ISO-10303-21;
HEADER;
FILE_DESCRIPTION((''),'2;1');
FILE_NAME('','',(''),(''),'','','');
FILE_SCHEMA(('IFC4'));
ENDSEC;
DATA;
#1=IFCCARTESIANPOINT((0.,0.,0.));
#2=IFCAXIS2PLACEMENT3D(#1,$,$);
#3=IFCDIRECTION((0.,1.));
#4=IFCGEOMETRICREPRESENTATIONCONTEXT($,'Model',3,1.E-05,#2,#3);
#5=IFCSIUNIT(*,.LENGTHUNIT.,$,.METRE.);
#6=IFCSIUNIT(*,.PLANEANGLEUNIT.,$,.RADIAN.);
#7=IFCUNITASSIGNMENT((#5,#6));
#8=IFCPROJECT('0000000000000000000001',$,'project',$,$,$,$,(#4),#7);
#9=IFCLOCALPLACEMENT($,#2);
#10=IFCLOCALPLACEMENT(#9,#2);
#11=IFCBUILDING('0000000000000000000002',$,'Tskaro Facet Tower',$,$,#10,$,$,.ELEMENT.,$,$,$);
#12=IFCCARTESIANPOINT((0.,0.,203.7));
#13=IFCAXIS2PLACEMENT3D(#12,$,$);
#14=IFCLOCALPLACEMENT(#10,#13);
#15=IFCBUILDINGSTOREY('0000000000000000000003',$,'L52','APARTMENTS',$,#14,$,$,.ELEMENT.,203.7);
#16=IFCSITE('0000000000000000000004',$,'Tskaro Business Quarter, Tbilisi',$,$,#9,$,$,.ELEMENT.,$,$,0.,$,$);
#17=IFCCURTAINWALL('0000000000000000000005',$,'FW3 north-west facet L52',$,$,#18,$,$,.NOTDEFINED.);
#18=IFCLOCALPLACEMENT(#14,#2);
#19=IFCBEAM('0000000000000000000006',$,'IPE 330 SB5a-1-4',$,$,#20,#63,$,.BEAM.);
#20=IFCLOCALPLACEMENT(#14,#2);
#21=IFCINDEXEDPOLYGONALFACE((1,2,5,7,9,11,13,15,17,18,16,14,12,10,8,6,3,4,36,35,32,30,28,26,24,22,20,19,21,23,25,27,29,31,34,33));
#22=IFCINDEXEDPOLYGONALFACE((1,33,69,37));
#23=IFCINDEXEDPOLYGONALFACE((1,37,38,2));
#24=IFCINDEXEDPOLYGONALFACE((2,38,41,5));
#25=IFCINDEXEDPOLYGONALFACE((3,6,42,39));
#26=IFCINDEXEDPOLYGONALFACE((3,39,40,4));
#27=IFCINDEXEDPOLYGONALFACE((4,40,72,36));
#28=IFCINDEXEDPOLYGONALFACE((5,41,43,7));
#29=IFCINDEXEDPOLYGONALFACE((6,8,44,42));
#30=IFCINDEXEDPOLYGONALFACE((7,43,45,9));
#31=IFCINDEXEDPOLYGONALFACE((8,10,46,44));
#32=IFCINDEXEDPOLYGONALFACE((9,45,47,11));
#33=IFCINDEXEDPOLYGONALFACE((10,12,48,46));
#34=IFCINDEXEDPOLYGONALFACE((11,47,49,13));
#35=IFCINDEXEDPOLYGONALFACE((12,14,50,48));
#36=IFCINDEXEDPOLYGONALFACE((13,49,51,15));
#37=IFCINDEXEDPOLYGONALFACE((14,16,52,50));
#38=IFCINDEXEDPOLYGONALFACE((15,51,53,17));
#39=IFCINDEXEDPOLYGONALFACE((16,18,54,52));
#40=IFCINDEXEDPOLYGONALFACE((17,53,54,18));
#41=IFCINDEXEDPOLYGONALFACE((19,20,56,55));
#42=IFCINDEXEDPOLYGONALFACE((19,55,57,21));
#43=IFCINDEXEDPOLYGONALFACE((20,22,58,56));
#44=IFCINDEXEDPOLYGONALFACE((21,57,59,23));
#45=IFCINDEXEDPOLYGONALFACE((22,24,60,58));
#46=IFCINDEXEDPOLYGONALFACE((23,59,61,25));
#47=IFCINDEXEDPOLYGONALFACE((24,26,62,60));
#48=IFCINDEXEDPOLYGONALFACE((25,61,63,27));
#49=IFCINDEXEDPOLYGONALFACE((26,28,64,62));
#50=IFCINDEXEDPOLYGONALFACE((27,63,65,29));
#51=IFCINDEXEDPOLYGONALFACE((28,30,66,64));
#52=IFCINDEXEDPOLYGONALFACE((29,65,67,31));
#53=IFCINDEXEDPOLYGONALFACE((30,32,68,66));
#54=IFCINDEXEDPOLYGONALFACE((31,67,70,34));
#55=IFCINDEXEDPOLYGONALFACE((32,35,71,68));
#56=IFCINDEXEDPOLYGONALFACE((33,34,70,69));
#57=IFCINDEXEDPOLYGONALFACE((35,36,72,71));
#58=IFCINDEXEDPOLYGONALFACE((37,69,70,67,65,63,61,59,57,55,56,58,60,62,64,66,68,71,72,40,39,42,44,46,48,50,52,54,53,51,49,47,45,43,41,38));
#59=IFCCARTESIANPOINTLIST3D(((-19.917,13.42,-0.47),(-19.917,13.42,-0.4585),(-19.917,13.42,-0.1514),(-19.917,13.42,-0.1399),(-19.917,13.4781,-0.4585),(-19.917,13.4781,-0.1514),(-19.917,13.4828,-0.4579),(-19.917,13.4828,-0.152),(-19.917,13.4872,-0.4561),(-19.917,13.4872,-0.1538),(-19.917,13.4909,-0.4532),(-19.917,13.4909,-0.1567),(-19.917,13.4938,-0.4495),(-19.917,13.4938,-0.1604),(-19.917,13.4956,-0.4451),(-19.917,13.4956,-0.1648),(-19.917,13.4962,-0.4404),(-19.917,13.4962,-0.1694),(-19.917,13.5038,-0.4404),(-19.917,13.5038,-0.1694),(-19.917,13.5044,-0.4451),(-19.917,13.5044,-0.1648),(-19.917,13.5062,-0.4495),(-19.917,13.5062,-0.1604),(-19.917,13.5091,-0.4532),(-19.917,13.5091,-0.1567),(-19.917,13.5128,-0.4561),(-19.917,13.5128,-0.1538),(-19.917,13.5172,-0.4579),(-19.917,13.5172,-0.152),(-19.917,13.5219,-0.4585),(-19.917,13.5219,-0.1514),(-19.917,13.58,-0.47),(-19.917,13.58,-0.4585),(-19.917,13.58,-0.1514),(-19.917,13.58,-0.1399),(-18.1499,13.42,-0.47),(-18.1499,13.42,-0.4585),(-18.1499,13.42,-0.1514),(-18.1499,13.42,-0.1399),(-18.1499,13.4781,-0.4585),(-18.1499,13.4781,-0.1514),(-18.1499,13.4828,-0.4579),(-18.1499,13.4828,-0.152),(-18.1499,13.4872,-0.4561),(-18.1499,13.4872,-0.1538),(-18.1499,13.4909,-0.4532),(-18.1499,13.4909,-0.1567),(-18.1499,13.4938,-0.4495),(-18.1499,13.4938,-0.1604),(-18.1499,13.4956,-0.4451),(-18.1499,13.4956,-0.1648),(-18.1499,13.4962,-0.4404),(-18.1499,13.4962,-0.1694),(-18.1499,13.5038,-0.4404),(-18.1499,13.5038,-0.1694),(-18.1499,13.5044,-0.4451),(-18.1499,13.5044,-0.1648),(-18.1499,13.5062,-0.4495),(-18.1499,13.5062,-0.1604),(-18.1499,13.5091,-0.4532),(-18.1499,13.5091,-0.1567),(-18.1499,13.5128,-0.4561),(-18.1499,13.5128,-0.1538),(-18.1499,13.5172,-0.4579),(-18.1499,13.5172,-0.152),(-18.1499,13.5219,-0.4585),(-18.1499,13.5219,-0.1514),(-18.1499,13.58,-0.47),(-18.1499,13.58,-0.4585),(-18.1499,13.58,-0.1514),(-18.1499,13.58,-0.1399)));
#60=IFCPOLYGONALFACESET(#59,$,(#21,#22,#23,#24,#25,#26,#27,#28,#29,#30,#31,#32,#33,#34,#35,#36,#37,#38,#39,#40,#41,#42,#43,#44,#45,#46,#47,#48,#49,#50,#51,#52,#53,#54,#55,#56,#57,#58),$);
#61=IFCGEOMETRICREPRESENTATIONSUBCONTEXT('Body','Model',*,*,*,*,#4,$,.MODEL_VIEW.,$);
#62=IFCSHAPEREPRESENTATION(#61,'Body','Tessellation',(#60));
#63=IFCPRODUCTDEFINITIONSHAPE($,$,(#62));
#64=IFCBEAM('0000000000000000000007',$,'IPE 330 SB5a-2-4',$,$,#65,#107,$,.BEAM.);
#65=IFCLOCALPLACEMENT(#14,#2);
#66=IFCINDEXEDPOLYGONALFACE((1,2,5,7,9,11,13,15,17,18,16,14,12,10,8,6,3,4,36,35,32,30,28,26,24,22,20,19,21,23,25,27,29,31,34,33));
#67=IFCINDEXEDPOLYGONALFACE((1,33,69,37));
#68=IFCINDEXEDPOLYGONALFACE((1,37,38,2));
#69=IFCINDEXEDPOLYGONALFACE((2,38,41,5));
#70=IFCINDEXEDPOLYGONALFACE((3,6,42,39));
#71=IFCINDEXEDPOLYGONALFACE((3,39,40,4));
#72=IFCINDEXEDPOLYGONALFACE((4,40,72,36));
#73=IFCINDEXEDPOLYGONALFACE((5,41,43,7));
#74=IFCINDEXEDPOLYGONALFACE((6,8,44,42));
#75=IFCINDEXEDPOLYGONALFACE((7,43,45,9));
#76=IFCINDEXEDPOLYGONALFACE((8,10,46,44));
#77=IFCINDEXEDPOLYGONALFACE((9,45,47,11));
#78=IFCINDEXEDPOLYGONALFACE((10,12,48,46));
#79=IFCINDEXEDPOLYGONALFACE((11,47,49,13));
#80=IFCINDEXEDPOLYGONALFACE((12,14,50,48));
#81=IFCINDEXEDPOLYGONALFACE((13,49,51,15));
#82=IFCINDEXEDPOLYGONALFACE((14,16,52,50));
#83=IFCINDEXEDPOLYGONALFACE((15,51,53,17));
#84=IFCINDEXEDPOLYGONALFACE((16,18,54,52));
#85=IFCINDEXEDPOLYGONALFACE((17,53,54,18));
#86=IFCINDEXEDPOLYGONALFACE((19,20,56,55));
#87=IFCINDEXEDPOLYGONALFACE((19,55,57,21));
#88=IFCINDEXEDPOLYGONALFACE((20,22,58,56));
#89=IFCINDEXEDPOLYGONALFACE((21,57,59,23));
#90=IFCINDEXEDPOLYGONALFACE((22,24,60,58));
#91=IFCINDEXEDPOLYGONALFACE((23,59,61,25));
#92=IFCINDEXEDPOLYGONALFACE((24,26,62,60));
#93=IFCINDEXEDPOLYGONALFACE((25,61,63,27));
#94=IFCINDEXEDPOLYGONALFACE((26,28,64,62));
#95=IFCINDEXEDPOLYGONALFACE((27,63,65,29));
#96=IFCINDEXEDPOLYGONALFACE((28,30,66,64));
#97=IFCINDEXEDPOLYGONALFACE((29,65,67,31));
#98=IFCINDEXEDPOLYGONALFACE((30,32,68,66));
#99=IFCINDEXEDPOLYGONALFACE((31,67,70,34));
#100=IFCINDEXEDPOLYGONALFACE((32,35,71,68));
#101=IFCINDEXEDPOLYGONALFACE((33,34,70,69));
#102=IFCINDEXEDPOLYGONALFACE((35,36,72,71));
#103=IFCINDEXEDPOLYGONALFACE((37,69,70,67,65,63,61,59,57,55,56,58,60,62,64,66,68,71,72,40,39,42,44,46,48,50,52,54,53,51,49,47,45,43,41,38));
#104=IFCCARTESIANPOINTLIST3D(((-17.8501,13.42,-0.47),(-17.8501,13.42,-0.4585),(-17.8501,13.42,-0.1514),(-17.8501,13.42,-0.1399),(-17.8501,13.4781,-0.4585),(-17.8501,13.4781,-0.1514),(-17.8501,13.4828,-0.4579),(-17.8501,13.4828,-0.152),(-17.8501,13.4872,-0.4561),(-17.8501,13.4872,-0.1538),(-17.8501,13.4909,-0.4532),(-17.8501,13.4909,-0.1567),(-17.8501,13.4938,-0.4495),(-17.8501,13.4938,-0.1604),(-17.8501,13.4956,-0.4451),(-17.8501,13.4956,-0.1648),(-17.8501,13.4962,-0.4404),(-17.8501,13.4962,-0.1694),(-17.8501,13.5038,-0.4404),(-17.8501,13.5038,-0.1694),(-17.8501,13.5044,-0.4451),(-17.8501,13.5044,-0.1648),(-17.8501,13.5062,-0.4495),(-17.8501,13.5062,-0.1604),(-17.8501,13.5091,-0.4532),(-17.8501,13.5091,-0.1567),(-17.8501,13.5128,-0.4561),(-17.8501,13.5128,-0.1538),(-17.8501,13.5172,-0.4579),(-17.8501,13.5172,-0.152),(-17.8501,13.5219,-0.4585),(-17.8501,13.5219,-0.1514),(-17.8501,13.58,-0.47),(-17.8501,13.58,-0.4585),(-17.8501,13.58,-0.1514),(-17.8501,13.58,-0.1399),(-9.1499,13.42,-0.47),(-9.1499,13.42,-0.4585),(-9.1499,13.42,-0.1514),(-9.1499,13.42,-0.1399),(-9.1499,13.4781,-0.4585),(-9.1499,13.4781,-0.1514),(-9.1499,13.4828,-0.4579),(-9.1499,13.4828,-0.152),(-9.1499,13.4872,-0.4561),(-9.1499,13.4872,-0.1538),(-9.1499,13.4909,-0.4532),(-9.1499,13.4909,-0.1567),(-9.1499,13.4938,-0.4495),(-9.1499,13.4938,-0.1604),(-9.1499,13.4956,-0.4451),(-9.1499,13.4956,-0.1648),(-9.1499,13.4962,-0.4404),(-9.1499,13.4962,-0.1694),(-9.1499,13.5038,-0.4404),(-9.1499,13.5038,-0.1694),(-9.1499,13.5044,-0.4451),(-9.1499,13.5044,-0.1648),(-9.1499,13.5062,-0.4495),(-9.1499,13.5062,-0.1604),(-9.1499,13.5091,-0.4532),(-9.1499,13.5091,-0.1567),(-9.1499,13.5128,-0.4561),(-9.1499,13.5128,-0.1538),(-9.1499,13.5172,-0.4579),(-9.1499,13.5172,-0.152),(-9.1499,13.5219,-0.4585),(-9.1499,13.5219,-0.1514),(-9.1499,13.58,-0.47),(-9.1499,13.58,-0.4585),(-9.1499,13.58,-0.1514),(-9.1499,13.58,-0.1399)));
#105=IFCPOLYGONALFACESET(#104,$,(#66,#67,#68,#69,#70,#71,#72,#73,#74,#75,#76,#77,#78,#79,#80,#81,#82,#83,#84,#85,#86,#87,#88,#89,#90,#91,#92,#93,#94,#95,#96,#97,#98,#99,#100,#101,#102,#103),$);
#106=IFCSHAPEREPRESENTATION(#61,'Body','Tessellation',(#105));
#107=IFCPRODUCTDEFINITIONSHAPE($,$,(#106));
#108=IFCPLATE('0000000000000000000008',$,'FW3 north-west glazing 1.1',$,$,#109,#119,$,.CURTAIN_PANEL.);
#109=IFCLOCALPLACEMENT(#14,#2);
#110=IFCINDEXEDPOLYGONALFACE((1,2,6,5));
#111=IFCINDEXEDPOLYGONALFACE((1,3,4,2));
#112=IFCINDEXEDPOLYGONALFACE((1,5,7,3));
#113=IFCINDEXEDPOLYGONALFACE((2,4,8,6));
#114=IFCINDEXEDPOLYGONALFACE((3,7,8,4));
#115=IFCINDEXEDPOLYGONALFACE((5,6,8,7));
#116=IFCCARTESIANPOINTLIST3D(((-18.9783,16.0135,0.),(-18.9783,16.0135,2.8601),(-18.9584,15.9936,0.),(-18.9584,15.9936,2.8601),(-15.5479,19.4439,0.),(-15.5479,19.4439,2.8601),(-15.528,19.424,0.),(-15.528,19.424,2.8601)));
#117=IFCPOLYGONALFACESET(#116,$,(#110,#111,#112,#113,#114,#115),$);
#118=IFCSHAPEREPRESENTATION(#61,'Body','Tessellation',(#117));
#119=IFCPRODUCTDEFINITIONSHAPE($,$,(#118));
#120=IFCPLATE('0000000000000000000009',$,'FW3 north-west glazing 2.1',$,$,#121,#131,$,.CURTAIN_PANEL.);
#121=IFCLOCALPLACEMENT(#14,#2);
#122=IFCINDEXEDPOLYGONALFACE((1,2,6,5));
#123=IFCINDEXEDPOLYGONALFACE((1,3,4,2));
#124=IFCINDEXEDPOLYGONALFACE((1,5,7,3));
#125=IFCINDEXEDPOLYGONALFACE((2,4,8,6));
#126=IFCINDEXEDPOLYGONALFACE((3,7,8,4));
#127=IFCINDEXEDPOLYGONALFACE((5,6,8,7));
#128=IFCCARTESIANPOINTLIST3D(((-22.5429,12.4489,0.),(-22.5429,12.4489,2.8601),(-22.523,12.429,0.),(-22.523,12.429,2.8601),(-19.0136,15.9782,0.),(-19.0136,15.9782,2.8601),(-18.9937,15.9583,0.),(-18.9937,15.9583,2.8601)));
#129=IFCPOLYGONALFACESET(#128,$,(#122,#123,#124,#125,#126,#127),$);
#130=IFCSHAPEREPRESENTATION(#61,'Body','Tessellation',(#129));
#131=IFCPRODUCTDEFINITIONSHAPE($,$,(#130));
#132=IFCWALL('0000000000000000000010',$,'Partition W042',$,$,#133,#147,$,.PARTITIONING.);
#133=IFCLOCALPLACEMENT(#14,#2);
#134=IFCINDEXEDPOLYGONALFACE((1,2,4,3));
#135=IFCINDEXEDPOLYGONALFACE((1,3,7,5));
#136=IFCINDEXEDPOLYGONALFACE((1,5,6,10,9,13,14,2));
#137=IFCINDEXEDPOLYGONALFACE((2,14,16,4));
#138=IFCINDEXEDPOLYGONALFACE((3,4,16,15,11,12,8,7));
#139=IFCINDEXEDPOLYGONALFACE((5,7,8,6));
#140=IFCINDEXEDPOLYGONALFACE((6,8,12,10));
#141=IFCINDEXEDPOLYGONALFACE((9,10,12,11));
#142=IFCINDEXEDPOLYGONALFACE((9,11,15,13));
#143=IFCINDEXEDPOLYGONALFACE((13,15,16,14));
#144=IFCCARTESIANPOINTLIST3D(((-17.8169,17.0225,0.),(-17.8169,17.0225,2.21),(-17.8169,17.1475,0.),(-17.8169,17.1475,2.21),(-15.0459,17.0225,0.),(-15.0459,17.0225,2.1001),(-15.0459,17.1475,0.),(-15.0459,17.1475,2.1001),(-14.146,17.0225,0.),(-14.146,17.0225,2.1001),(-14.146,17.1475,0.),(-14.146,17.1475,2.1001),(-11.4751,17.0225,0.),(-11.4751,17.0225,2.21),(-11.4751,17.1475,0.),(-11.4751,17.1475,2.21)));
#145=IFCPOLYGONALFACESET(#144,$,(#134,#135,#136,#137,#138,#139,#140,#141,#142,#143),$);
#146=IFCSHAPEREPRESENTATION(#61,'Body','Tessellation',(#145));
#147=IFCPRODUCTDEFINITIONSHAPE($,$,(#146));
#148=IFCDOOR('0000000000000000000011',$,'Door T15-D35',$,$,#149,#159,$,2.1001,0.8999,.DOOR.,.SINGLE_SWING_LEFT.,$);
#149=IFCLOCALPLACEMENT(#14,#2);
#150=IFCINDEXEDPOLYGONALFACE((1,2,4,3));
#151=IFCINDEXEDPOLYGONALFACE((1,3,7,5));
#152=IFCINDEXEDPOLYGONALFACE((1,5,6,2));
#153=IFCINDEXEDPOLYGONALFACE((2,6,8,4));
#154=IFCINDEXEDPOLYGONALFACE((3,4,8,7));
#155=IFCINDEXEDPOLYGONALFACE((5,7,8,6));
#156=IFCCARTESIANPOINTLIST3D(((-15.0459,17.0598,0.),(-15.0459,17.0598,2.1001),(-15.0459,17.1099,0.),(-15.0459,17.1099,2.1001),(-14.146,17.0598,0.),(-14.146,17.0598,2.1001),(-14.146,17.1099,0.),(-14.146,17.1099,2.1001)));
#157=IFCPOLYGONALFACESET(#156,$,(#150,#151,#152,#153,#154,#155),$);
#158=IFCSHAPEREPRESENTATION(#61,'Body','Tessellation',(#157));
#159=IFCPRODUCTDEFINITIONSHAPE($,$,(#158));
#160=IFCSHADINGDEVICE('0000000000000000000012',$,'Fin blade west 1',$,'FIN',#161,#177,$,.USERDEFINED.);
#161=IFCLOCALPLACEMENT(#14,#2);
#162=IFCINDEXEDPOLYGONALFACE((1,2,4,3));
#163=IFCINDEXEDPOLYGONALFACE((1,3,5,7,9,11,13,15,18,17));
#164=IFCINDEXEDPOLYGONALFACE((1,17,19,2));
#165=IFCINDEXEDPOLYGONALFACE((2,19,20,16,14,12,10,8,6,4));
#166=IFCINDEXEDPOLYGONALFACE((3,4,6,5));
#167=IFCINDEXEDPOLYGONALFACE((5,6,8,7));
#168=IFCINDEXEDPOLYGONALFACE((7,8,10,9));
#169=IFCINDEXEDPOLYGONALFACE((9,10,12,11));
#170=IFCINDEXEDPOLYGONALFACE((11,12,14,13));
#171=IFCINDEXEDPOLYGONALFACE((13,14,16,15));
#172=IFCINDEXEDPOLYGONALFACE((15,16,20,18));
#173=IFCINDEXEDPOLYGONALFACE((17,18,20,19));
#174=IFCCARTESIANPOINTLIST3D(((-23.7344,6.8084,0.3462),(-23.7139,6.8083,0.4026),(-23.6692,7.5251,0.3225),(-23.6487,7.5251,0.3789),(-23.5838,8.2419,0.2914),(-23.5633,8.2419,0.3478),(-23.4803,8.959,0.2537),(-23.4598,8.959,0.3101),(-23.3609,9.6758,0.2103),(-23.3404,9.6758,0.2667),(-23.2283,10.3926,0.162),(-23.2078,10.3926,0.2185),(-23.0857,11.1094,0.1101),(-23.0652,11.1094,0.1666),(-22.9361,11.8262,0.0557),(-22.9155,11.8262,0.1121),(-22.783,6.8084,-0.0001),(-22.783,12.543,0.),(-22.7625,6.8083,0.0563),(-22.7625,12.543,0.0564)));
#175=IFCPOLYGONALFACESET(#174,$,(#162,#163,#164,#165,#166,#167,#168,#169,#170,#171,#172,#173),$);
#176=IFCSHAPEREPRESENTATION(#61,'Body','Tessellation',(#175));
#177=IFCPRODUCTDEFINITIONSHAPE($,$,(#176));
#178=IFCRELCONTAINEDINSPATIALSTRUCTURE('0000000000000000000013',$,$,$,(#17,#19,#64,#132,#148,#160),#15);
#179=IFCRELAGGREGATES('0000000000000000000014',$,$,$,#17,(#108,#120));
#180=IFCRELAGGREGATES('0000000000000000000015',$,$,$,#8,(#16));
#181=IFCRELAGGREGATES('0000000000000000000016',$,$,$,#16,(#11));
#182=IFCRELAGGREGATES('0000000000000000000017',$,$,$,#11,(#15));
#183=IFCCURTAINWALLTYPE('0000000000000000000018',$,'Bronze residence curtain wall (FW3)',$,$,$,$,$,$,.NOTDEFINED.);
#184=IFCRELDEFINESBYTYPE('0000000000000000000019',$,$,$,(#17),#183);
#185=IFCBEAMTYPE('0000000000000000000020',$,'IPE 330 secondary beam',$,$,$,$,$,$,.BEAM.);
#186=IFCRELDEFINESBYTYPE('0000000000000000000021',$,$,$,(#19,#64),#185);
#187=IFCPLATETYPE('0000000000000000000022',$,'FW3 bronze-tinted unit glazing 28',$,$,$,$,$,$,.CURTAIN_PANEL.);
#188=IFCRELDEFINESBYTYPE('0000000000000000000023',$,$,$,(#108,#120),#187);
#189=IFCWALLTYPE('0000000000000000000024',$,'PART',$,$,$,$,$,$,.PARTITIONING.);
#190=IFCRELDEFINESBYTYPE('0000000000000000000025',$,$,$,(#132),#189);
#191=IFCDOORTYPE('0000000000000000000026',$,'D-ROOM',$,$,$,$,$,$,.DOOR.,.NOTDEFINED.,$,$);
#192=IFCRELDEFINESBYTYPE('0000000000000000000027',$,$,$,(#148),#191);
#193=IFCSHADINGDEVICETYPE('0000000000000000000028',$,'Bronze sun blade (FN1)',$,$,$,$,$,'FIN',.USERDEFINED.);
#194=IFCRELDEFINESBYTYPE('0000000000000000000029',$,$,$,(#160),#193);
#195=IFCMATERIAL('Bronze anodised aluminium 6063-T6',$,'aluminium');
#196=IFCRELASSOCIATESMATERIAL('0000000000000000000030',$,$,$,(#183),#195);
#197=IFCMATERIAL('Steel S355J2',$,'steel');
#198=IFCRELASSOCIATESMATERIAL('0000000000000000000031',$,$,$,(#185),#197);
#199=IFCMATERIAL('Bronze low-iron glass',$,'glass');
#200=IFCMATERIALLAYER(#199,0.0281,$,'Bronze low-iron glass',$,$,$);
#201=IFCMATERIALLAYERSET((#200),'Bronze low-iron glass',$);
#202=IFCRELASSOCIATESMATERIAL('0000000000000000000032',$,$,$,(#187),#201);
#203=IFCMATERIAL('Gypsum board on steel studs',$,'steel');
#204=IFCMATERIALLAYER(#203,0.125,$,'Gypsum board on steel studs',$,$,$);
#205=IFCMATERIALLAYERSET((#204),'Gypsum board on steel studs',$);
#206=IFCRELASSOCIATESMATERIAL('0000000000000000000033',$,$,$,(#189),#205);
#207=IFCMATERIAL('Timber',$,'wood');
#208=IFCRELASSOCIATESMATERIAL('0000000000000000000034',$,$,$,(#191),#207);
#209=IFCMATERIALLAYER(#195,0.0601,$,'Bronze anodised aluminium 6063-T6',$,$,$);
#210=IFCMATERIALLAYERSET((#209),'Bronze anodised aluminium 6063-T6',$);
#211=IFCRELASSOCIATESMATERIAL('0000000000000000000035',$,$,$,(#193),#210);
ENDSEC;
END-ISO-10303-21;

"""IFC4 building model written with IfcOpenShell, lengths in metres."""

from ifc_helpers import new_model, si_unit, direction, frame, frame_2d, origin, origin_2d, place, context, subcontext, project, spatial, polyline, rectangle, i_section, outline, extrude, material, layer, layer_set, material_profile, profile_set, type_object, element, fill, aggregate, save


model = new_model("IFC4")

# Units and contexts
model_context = context("Model", 3, precision=1e-05, world=origin(), true_north=direction((0.0, 1.0)))
body_context = subcontext(model_context, "Body", "Model", "MODEL_VIEW")
ifc_project = project(units=[si_unit("LENGTHUNIT", "METRE"), si_unit("PLANEANGLEUNIT", "RADIAN")], contexts=[model_context])

# Site, building, storey
site_placement = place(None, origin())
site = spatial("IfcSite", under=ifc_project, at=site_placement, Name="Tskaro Business Quarter, Tbilisi", CompositionType="ELEMENT", RefElevation=0.0)
building_placement = place(site_placement, origin())
building = spatial("IfcBuilding", under=site, at=building_placement, Name="Tskaro Facet Tower", CompositionType="ELEMENT")
storey_placement = place(building_placement, frame((0.0, 0.0, 203.7)))
storey = spatial("IfcBuildingStorey", under=building, at=storey_placement, Name="L52", Description="APARTMENTS", CompositionType="ELEMENT", Elevation=203.7)

# Curtain wall
ifc_material_1 = material(Name="Bronze anodised aluminium 6063-T6", Category="aluminium")
curtain_wall_type = type_object("IfcCurtainWallType", Name="Bronze residence curtain wall (FW3)", PredefinedType="NOTDEFINED", material=ifc_material_1)
curtain_wall_1_placement = place(storey_placement, origin())
curtain_wall_1 = element("IfcCurtainWall", 1, at=curtain_wall_1_placement, inside=storey, type_object=curtain_wall_type, Name="FW3 north-west facet L52", PredefinedType="NOTDEFINED")

# Beams
ifc_material_2 = material(Name="Steel S355J2", Category="steel")
ifc_material_profile_1 = material_profile(ifc_material_2, i_section(OverallWidth=0.1599, OverallDepth=0.3301, WebThickness=0.0076, FlangeThickness=0.0115, FilletRadius=0.0181, at=origin_2d()), Name="IPE 330")
ifc_profile_set_1 = profile_set([ifc_material_profile_1], Name="Steel S355J2")
beam_type_1 = type_object("IfcBeamType", Name="IPE 330 secondary beam", PredefinedType="BEAM", material=ifc_profile_set_1)
beam_1_placement = place(storey_placement, frame((-19.917, 13.5, -0.3049), z_axis=(1.0, 0.0, 0.0), x_axis=(0.0, 1.0, 0.0)))
element("IfcBeam", 2, at=beam_1_placement, inside=storey, type_object=beam_type_1, Name="IPE 330 SB5a-1-4", PredefinedType="BEAM", context=body_context, shape_type="SweptSolid", body=[
    extrude(i_section(OverallWidth=0.1599, OverallDepth=0.3301, WebThickness=0.0076, FlangeThickness=0.0115, FilletRadius=0.0181, at=origin_2d()), origin(), (0.0, 0.0, 1.0), 1.7671),
])
beam_2_placement = place(storey_placement, frame((-17.8501, 13.5, -0.3049), z_axis=(1.0, 0.0, 0.0), x_axis=(0.0, 1.0, 0.0)))
element("IfcBeam", 3, at=beam_2_placement, inside=storey, type_object=beam_type_1, Name="IPE 330 SB5a-2-4", PredefinedType="BEAM", context=body_context, shape_type="SweptSolid", body=[
    extrude(i_section(OverallWidth=0.1599, OverallDepth=0.3301, WebThickness=0.0076, FlangeThickness=0.0115, FilletRadius=0.0181, at=origin_2d()), origin(), (0.0, 0.0, 1.0), 8.7002),
])

# Plates
ifc_material_3 = material(Name="Bronze low-iron glass", Category="glass")
ifc_layer_1 = layer(ifc_material_3, 0.0281, Name="Bronze low-iron glass")
ifc_layer_set_1 = layer_set([ifc_layer_1], Name="Bronze low-iron glass")
plate_type = type_object("IfcPlateType", Name="FW3 bronze-tinted unit glazing 28", PredefinedType="CURTAIN_PANEL", material=ifc_layer_set_1)
plate_1_placement = place(storey_placement, frame((-17.2532, 17.7188, 0.0), z_axis=(0.0, 0.0, 1.0), x_axis=(-0.707107, -0.707107, 0.0)))
plate_1 = element("IfcPlate", 4, at=plate_1_placement, type_object=plate_type, Name="FW3 north-west glazing 1.1", PredefinedType="CURTAIN_PANEL", context=body_context, shape_type="SweptSolid", body=[
    extrude(rectangle(XDim=4.8513, YDim=0.0281, at=origin_2d()), origin(), (0.0, 0.0, 1.0), 2.8601),
])
plate_2_placement = place(storey_placement, frame((-20.7683, 14.2036, 0.0), z_axis=(0.0, 0.0, 1.0), x_axis=(-0.707107, -0.707107, 0.0)))
plate_2 = element("IfcPlate", 5, at=plate_2_placement, type_object=plate_type, Name="FW3 north-west glazing 2.1", PredefinedType="CURTAIN_PANEL", context=body_context, shape_type="SweptSolid", body=[
    extrude(rectangle(XDim=4.9912, YDim=0.0281, at=origin_2d()), origin(), (0.0, 0.0, 1.0), 2.8601),
])
aggregate(curtain_wall_1, [plate_1, plate_2])

# Wall, opening, door
ifc_material_4 = material(Name="Gypsum board on steel studs", Category="steel")
ifc_layer_2 = layer(ifc_material_4, 0.125, Name="Gypsum board on steel studs")
ifc_layer_set_2 = layer_set([ifc_layer_2], Name="Gypsum board on steel studs")
wall_type = type_object("IfcWallType", Name="PART", PredefinedType="PARTITIONING", material=ifc_layer_set_2)
wall_placement = place(storey_placement, frame((-17.8169, 17.085, 0.0), z_axis=(0.0, 0.0, 1.0), x_axis=(1.0, 0.0, 0.0)))
wall = element("IfcWall", 6, at=wall_placement, inside=storey, type_object=wall_type, Name="Partition W042", PredefinedType="PARTITIONING", context=body_context, shape_type="SweptSolid", body=[
    extrude(rectangle(XDim=6.3418, YDim=0.125, at=frame_2d((3.1709, 0.0))), origin(), (0.0, 0.0, 1.0), 2.21),
])
opening_placement = place(wall_placement, frame((2.771, 0.0, 0.0)))
opening = element("IfcOpeningElement", 7, at=opening_placement, cuts=wall, PredefinedType="OPENING", context=body_context, shape_type="SweptSolid", body=[
    extrude(rectangle(XDim=0.8999, YDim=2.1001, at=frame_2d((0.45, 1.05))), frame((0.0, 0.0725, 0.0), z_axis=(0.0, -1.0, 0.0), x_axis=(1.0, 0.0, 0.0)), (0.0, 0.0, 1.0), 0.145),
])
ifc_material_5 = material(Name="Timber", Category="wood")
door_type = type_object("IfcDoorType", Name="D-ROOM", OperationType="NOTDEFINED", PredefinedType="DOOR", material=ifc_material_5)
door_placement = place(opening_placement, origin())
door = element("IfcDoor", 8, at=door_placement, inside=storey, type_object=door_type, Name="Door T15-D35", OperationType="SINGLE_SWING_LEFT", OverallHeight=2.1001, OverallWidth=0.8999, PredefinedType="DOOR", context=body_context, shape_type="SweptSolid", body=[
    extrude(rectangle(XDim=0.8999, YDim=2.1001, at=frame_2d((0.45, 1.05))), frame((0.0, 0.0249, 0.0), z_axis=(0.0, -1.0, 0.0), x_axis=(1.0, 0.0, 0.0)), (0.0, 0.0, 1.0), 0.05),
])
fill(opening, door)

# Shading device
ifc_layer_3 = layer(ifc_material_1, 0.0601, Name="Bronze anodised aluminium 6063-T6")
ifc_layer_set_3 = layer_set([ifc_layer_3], Name="Bronze anodised aluminium 6063-T6")
shading_device_type = type_object("IfcShadingDeviceType", Name="Bronze sun blade (FN1)", ElementType="FIN", PredefinedType="USERDEFINED", material=ifc_layer_set_3)
shading_device_placement = place(storey_placement, frame((-22.7625, 12.543, 0.0564), z_axis=(0.342036, -0.000017, 0.939687), x_axis=(-0.000006, -1.0, -0.000016)))
element("IfcShadingDevice", 9, at=shading_device_placement, inside=storey, type_object=shading_device_type, Name="Fin blade west 1", ObjectType="FIN", PredefinedType="USERDEFINED", context=body_context, shape_type="SweptSolid", body=[
    extrude(outline(polyline([(0.0, 0.0), (5.7346, 0.0), (5.7346, -1.0124), (5.0178, -0.9431), (4.301, -0.8522), (3.584, -0.7421), (2.8672, -0.615), (2.1504, -0.4739), (1.4336, -0.3221), (0.7168, -0.1629), (0.0, 0.0)])), origin(), (0.0, 0.0, -1.0), 0.0601),
])

save(model, "model.ifc")
